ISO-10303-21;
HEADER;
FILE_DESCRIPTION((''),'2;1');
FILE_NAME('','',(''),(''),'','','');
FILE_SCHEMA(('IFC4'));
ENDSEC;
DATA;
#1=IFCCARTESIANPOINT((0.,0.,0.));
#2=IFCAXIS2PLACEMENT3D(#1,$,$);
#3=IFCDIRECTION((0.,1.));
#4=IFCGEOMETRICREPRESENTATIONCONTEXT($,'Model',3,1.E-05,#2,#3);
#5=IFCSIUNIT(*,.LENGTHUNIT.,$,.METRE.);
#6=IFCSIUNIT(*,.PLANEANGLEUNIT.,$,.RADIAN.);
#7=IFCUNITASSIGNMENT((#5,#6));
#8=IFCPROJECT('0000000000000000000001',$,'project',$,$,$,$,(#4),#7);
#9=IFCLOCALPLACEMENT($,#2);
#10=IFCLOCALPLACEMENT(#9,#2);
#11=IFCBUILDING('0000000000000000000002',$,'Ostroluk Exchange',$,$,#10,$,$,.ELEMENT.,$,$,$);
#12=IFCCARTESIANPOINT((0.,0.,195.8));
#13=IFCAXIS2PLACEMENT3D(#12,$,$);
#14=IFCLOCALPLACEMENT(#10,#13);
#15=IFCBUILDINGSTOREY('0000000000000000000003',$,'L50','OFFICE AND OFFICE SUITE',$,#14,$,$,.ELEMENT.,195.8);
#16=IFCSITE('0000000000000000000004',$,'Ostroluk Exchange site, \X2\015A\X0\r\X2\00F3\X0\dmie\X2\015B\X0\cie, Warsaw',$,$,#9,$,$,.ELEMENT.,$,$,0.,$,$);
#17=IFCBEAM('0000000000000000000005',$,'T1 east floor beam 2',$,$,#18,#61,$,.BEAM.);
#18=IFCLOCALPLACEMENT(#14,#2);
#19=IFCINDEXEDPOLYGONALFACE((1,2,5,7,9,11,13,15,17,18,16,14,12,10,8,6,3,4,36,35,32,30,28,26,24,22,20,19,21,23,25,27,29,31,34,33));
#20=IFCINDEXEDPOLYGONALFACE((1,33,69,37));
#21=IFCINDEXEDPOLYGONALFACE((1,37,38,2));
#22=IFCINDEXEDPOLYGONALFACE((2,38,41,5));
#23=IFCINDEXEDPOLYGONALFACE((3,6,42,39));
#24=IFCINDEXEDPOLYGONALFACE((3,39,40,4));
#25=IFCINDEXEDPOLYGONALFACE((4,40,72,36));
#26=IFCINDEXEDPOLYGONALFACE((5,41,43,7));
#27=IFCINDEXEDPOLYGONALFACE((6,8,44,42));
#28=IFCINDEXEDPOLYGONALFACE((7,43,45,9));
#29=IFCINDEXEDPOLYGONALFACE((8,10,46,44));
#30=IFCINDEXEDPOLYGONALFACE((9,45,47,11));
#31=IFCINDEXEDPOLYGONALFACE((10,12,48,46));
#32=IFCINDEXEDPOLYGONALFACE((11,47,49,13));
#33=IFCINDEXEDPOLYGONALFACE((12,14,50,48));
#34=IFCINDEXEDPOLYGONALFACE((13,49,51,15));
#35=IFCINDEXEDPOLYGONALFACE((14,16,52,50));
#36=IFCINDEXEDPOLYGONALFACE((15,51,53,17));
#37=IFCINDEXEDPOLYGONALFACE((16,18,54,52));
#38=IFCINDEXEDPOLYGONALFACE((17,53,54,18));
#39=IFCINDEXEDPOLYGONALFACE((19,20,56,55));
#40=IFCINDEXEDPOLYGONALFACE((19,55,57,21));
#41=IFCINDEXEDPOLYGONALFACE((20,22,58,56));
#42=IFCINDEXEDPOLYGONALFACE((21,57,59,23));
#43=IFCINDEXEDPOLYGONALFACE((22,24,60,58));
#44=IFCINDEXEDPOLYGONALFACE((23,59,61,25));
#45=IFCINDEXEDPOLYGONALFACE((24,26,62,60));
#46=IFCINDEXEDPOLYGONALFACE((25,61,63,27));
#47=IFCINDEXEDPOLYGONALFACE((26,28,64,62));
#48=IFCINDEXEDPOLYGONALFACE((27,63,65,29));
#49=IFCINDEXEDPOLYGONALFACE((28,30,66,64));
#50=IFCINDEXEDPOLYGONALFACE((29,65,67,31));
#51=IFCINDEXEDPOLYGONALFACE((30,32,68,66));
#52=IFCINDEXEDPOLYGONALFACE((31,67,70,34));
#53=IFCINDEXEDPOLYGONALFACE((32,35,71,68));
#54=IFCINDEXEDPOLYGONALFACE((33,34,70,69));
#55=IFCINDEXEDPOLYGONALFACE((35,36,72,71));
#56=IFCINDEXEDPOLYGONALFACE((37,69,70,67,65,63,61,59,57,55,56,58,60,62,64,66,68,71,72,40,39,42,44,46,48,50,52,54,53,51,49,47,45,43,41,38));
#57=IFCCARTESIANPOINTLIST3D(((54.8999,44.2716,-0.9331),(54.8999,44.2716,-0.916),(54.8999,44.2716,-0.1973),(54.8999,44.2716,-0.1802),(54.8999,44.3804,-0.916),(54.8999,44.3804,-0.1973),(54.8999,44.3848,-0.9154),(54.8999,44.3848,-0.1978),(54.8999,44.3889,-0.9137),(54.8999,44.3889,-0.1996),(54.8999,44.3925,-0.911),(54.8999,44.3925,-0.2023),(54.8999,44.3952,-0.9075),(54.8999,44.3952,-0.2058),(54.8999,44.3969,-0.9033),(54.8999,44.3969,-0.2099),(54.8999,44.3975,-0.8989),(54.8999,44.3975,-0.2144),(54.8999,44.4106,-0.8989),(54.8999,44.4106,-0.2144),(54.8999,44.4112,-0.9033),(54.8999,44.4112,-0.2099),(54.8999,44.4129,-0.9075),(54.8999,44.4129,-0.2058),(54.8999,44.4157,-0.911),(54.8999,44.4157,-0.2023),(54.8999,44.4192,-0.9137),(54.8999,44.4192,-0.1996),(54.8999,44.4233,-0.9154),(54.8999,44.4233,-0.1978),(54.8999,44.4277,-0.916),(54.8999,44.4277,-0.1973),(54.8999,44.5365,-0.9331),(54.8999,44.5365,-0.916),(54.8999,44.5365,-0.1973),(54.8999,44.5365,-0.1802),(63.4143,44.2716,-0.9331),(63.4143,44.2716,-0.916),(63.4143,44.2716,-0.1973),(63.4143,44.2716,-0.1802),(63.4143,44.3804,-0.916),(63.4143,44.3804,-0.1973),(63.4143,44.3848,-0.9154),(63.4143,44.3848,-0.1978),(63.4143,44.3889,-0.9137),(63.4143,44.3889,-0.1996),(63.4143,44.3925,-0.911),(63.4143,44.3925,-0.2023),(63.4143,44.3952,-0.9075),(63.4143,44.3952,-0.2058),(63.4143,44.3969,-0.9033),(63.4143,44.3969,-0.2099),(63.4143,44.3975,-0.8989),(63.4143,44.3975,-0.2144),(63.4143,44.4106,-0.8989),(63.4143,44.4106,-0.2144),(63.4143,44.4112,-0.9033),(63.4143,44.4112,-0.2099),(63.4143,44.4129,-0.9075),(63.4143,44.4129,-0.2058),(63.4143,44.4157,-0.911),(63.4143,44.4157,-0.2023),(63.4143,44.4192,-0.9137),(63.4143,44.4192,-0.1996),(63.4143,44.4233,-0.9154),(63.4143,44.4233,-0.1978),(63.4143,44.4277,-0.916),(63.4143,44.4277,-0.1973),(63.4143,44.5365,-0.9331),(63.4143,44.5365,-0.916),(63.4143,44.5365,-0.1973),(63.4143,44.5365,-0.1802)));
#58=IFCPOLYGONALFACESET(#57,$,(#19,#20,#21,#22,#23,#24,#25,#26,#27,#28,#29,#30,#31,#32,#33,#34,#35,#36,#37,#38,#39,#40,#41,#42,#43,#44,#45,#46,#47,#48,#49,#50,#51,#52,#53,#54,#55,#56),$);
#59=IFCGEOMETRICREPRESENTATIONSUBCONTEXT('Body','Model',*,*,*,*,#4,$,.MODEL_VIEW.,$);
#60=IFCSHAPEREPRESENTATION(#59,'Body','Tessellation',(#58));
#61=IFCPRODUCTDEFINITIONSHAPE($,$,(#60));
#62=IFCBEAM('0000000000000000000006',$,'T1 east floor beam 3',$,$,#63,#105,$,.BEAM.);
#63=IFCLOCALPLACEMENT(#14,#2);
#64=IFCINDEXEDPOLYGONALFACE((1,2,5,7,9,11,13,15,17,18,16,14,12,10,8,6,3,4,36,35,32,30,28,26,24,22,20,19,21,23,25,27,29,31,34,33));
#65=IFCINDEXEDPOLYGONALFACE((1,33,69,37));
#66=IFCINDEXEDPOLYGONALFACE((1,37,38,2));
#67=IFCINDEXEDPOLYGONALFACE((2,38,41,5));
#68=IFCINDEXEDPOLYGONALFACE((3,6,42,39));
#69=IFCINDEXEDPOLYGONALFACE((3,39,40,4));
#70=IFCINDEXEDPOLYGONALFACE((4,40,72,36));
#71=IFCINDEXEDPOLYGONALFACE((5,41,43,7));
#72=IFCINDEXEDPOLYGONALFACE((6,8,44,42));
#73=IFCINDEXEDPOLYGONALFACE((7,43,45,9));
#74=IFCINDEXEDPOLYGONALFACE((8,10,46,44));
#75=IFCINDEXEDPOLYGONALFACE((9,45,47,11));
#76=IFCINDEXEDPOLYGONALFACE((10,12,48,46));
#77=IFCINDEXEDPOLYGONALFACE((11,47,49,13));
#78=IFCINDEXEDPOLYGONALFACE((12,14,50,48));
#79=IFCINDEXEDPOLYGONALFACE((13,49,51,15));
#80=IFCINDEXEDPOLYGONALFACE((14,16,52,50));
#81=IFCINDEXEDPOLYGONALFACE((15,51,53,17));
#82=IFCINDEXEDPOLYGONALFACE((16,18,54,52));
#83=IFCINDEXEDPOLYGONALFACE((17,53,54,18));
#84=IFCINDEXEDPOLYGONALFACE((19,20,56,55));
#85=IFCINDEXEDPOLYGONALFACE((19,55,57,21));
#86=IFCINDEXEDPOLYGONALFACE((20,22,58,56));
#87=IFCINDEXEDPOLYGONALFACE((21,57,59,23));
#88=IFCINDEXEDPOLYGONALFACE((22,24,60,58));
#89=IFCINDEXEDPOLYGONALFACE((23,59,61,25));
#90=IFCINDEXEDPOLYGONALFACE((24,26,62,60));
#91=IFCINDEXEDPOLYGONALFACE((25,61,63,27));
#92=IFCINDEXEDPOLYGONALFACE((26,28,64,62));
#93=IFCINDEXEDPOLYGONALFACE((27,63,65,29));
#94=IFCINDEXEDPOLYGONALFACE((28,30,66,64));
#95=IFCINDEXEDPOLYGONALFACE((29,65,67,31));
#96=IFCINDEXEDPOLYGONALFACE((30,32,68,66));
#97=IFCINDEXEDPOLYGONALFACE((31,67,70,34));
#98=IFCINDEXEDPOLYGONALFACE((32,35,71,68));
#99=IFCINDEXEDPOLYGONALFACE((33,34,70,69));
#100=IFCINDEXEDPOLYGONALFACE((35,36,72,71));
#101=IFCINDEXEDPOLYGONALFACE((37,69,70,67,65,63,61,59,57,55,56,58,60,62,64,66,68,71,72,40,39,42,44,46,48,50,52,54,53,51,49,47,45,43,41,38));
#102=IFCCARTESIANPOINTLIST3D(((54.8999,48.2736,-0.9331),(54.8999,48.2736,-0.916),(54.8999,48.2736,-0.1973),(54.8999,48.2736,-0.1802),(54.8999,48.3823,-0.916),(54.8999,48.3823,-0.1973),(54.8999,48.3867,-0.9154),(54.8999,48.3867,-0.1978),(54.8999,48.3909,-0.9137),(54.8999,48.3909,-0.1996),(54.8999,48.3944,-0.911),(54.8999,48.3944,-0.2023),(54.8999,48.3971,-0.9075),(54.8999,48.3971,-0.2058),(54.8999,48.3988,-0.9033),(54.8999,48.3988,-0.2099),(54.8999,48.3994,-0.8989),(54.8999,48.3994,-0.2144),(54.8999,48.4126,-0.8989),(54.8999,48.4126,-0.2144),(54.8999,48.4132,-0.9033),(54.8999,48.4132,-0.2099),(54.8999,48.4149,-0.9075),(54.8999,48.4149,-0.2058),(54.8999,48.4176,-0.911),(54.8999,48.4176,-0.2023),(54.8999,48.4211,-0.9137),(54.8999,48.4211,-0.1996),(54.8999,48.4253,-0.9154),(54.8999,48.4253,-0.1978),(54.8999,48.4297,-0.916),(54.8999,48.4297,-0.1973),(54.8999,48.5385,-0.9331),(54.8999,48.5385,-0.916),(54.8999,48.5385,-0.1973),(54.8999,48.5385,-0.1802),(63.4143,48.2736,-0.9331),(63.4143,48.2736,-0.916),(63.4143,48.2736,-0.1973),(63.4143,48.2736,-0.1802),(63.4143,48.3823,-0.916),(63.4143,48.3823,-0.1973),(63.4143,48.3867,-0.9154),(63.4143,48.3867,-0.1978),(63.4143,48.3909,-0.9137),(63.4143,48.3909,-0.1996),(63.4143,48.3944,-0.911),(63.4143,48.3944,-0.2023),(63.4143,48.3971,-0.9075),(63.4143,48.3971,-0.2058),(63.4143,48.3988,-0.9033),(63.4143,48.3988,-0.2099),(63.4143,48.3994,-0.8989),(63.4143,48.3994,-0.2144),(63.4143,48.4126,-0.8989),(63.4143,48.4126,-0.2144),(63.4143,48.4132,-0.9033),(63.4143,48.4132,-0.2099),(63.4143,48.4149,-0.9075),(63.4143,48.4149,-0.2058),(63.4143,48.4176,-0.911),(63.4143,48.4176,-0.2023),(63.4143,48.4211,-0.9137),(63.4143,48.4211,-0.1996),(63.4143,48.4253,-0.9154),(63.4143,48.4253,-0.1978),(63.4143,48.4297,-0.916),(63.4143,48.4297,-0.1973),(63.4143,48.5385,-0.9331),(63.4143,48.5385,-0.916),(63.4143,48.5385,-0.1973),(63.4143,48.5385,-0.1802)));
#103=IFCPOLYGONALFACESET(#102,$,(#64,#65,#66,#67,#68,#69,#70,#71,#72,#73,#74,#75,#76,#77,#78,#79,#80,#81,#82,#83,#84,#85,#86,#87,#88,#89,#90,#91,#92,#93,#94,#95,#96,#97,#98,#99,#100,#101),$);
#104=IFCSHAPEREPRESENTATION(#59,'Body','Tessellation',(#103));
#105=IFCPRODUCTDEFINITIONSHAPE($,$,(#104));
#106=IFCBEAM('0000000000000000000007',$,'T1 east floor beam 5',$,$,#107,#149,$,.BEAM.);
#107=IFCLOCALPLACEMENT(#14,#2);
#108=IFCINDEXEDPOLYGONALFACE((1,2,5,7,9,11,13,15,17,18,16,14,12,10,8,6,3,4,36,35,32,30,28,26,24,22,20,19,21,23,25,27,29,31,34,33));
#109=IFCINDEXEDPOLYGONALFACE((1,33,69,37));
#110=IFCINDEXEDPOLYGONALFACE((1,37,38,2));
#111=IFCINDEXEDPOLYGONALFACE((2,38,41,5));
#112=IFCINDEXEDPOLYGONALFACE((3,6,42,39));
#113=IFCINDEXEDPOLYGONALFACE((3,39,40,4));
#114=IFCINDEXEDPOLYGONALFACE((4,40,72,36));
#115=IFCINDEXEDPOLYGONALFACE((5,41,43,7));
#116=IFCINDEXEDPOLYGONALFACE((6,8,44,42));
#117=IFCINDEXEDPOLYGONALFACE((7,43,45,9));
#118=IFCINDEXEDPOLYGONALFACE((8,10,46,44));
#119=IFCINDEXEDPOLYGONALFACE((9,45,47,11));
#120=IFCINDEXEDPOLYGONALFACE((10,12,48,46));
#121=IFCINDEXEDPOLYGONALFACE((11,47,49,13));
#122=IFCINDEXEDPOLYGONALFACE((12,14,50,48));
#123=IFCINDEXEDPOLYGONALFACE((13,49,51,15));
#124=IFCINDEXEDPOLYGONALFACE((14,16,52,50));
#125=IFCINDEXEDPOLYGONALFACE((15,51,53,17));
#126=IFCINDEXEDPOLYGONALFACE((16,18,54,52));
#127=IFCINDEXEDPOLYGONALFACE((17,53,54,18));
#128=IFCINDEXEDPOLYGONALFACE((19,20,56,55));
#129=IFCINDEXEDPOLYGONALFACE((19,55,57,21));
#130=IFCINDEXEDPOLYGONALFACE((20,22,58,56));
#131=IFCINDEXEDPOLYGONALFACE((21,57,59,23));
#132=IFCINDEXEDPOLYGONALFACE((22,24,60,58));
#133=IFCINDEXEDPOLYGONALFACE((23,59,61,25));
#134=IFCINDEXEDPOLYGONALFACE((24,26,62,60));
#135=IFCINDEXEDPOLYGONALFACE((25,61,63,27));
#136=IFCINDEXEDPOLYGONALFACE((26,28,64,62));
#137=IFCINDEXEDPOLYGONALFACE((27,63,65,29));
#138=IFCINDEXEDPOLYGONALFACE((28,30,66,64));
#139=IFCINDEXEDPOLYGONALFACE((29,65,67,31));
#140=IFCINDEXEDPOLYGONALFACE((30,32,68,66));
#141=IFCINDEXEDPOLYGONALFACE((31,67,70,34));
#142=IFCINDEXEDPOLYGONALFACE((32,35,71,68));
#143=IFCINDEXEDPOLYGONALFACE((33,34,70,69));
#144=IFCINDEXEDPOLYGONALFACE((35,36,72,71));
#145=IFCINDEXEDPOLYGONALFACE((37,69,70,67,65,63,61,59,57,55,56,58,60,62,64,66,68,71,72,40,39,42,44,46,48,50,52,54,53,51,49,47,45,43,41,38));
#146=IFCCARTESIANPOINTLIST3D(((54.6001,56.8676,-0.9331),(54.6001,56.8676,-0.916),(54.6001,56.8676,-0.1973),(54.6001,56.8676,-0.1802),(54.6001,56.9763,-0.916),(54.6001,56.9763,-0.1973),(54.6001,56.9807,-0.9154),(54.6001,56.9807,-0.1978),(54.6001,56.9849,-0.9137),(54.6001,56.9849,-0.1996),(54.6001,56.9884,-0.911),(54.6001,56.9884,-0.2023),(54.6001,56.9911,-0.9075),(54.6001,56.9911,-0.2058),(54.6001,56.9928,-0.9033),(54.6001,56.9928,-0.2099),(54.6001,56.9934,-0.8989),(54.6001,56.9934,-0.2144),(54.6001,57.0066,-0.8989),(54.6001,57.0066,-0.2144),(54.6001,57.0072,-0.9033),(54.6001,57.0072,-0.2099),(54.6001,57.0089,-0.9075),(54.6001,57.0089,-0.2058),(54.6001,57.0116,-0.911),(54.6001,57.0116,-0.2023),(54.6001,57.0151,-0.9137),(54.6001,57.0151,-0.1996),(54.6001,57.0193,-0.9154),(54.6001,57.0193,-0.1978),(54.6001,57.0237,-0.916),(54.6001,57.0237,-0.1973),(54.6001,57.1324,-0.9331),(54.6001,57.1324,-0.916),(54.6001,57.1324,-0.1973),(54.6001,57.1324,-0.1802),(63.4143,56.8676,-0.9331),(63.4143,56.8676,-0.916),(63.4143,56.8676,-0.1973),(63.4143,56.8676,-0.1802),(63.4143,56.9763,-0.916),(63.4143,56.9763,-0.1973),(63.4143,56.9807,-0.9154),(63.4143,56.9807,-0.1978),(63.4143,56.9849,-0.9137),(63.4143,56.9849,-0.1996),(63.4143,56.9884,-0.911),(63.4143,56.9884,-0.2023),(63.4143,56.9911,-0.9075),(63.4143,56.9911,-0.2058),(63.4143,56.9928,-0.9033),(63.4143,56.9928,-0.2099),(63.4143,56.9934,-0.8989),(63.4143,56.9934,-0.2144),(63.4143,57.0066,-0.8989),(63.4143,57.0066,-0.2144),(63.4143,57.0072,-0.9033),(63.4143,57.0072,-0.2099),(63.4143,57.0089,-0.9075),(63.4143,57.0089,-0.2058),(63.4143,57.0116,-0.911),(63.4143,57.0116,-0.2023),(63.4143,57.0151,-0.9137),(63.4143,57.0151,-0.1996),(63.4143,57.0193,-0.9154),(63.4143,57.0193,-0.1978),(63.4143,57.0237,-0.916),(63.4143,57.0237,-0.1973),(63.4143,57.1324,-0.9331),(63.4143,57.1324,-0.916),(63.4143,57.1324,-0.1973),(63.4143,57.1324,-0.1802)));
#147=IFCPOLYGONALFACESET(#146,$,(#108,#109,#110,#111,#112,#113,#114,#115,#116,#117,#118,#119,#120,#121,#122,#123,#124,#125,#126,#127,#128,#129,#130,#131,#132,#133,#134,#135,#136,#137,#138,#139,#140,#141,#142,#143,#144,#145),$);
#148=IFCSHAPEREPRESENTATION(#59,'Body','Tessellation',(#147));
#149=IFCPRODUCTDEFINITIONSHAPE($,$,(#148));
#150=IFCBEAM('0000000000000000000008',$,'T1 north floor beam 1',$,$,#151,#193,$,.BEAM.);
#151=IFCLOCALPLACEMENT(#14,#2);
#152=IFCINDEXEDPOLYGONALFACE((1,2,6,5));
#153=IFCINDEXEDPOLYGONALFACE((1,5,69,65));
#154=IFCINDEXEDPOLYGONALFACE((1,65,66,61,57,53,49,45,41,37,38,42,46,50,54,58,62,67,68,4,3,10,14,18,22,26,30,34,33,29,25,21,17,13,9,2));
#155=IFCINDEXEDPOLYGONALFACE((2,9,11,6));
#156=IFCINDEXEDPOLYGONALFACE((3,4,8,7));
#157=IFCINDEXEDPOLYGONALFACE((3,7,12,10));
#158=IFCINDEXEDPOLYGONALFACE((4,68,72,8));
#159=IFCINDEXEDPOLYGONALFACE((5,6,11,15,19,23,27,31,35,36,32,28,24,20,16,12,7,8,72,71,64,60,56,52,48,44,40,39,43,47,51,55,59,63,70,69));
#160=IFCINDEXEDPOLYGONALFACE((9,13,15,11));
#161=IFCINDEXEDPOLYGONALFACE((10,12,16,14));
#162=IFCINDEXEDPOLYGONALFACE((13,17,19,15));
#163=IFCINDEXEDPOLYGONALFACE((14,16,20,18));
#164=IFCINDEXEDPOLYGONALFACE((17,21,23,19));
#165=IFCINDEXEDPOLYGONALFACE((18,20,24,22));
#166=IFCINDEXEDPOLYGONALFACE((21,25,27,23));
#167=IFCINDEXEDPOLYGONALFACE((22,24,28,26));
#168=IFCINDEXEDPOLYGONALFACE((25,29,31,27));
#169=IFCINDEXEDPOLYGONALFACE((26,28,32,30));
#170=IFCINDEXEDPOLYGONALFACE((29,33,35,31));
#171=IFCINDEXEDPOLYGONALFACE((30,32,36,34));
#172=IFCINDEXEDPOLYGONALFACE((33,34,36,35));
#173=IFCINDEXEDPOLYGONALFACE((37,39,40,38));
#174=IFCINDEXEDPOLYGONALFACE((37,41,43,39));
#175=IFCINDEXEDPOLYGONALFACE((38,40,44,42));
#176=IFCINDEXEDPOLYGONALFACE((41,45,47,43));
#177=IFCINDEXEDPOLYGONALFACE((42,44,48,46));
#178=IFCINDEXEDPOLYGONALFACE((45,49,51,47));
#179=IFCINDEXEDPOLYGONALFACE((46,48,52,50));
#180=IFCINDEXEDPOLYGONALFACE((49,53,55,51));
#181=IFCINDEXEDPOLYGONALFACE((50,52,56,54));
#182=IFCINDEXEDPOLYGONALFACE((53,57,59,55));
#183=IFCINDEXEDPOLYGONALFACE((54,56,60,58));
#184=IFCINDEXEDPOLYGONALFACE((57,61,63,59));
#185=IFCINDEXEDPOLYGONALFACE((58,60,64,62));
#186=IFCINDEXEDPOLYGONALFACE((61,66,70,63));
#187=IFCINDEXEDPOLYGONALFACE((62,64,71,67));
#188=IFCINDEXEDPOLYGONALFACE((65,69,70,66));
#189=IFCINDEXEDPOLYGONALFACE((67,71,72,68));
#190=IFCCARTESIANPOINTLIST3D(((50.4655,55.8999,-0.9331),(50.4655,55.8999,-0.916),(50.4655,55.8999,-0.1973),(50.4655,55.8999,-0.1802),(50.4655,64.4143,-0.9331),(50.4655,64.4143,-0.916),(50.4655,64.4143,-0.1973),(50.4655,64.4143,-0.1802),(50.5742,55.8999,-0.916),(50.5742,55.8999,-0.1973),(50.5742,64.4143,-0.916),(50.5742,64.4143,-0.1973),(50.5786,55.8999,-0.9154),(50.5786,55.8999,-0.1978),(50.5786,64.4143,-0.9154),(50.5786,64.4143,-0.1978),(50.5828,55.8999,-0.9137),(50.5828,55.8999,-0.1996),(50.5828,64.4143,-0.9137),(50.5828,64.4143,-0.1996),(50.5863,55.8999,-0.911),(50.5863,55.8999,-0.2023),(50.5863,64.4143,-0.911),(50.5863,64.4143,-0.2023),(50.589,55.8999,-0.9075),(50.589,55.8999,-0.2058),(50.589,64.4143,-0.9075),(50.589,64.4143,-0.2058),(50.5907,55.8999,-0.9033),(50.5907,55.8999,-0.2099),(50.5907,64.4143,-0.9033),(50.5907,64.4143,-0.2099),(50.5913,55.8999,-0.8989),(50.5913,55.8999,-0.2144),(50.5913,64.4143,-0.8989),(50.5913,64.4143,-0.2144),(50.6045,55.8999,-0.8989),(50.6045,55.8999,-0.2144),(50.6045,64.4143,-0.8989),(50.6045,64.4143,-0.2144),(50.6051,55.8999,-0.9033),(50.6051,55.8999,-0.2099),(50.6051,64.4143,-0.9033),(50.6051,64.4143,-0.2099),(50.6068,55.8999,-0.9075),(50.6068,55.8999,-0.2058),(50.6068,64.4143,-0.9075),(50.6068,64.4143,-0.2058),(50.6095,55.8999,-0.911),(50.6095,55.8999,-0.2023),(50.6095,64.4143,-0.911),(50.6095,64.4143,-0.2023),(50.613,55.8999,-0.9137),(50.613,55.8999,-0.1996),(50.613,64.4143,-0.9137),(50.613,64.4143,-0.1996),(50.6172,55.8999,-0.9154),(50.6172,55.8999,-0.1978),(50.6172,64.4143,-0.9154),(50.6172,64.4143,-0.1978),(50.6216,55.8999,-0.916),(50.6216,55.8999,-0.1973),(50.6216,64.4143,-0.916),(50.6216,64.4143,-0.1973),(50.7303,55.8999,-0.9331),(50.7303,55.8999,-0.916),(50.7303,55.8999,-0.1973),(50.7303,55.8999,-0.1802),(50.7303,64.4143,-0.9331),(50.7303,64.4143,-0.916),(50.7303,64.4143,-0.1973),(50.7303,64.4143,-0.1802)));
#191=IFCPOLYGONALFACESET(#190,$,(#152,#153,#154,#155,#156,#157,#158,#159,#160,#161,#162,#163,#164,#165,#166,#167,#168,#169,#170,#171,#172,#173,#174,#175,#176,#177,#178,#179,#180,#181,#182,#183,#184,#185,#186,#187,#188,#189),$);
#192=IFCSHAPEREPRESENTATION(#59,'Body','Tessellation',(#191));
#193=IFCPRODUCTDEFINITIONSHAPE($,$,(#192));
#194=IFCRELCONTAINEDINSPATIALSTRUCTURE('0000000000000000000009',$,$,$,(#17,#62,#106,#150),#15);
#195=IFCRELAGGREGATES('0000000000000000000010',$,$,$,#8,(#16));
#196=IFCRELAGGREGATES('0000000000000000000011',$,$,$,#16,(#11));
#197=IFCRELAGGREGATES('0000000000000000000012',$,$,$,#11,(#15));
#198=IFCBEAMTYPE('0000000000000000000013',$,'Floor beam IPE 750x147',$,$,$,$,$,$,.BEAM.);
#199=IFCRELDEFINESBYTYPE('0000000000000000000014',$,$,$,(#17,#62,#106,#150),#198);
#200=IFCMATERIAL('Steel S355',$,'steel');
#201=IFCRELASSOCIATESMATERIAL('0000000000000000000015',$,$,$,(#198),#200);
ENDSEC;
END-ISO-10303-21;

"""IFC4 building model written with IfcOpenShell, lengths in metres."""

from ifc_helpers import new_model, si_unit, direction, frame, origin, origin_2d, place, context, subcontext, project, spatial, i_section, extrude, material, material_profile, profile_set, type_object, element, save


model = new_model("IFC4")

# Units and contexts
model_context = context("Model", 3, precision=1e-05, world=origin(), true_north=direction((0.0, 1.0)))
body_context = subcontext(model_context, "Body", "Model", "MODEL_VIEW")
ifc_project = project(units=[si_unit("LENGTHUNIT", "METRE"), si_unit("PLANEANGLEUNIT", "RADIAN")], contexts=[model_context])

# Site, building, storey
site_placement = place(None, origin())
site = spatial("IfcSite", under=ifc_project, at=site_placement, Name="Ostroluk Exchange site, Śródmieście, Warsaw", CompositionType="ELEMENT", RefElevation=0.0)
building_placement = place(site_placement, origin())
building = spatial("IfcBuilding", under=site, at=building_placement, Name="Ostroluk Exchange", CompositionType="ELEMENT")
storey_placement = place(building_placement, frame((0.0, 0.0, 195.8)))
storey = spatial("IfcBuildingStorey", under=building, at=storey_placement, Name="L50", Description="OFFICE AND OFFICE SUITE", CompositionType="ELEMENT", Elevation=195.8)

# Beams
ifc_material_1 = material(Name="Steel S355", Category="steel")
ifc_material_profile_1 = material_profile(ifc_material_1, i_section(OverallWidth=0.2649, OverallDepth=0.7529, WebThickness=0.0132, FlangeThickness=0.0171, FilletRadius=0.0171, at=origin_2d()), Name="IPE 750x147")
ifc_profile_set_1 = profile_set([ifc_material_profile_1], Name="Steel S355")
beam_type_1 = type_object("IfcBeamType", Name="Floor beam IPE 750x147", PredefinedType="BEAM", material=ifc_profile_set_1)
for number, where, z_axis, x_axis, name in (
    (1, (54.8999, 44.4041, -0.5566), (1.0, 0.0, 0.0), (0.0, 1.0, 0.0), "T1 east floor beam 2"),
    (2, (54.8999, 48.406, -0.5566), (1.0, 0.0, 0.0), (0.0, 1.0, 0.0), "T1 east floor beam 3"),
):
    element("IfcBeam", number, at=place(storey_placement, frame(where, z_axis=z_axis, x_axis=x_axis)), inside=storey, type_object=beam_type_1, Name=name, PredefinedType="BEAM", context=body_context, shape_type="SweptSolid", body=[
        extrude(i_section(OverallWidth=0.2649, OverallDepth=0.7529, WebThickness=0.0132, FlangeThickness=0.0171, FilletRadius=0.0171, at=origin_2d()), origin(), (0.0, 0.0, 1.0), 8.5144),
    ])
beam_1_placement = place(storey_placement, frame((54.6001, 57.0, -0.5566), z_axis=(1.0, 0.0, 0.0), x_axis=(0.0, 1.0, 0.0)))
element("IfcBeam", 3, at=beam_1_placement, inside=storey, type_object=beam_type_1, Name="T1 east floor beam 5", PredefinedType="BEAM", context=body_context, shape_type="SweptSolid", body=[
    extrude(i_section(OverallWidth=0.2649, OverallDepth=0.7529, WebThickness=0.0132, FlangeThickness=0.0171, FilletRadius=0.0171, at=origin_2d()), origin(), (0.0, 0.0, 1.0), 8.8142),
])
for number, where, z_axis, x_axis, name in (
    (4, (50.5979, 55.8999, -0.5566), (0.0, 1.0, 0.0), (-1.0, 0.0, 0.0), "T1 north floor beam 1"),
):
    element("IfcBeam", number, at=place(storey_placement, frame(where, z_axis=z_axis, x_axis=x_axis)), inside=storey, type_object=beam_type_1, Name=name, PredefinedType="BEAM", context=body_context, shape_type="SweptSolid", body=[
        extrude(i_section(OverallWidth=0.2649, OverallDepth=0.7529, WebThickness=0.0132, FlangeThickness=0.0171, FilletRadius=0.0171, at=origin_2d()), origin(), (0.0, 0.0, 1.0), 8.5144),
    ])

save(model, "model.ifc")
